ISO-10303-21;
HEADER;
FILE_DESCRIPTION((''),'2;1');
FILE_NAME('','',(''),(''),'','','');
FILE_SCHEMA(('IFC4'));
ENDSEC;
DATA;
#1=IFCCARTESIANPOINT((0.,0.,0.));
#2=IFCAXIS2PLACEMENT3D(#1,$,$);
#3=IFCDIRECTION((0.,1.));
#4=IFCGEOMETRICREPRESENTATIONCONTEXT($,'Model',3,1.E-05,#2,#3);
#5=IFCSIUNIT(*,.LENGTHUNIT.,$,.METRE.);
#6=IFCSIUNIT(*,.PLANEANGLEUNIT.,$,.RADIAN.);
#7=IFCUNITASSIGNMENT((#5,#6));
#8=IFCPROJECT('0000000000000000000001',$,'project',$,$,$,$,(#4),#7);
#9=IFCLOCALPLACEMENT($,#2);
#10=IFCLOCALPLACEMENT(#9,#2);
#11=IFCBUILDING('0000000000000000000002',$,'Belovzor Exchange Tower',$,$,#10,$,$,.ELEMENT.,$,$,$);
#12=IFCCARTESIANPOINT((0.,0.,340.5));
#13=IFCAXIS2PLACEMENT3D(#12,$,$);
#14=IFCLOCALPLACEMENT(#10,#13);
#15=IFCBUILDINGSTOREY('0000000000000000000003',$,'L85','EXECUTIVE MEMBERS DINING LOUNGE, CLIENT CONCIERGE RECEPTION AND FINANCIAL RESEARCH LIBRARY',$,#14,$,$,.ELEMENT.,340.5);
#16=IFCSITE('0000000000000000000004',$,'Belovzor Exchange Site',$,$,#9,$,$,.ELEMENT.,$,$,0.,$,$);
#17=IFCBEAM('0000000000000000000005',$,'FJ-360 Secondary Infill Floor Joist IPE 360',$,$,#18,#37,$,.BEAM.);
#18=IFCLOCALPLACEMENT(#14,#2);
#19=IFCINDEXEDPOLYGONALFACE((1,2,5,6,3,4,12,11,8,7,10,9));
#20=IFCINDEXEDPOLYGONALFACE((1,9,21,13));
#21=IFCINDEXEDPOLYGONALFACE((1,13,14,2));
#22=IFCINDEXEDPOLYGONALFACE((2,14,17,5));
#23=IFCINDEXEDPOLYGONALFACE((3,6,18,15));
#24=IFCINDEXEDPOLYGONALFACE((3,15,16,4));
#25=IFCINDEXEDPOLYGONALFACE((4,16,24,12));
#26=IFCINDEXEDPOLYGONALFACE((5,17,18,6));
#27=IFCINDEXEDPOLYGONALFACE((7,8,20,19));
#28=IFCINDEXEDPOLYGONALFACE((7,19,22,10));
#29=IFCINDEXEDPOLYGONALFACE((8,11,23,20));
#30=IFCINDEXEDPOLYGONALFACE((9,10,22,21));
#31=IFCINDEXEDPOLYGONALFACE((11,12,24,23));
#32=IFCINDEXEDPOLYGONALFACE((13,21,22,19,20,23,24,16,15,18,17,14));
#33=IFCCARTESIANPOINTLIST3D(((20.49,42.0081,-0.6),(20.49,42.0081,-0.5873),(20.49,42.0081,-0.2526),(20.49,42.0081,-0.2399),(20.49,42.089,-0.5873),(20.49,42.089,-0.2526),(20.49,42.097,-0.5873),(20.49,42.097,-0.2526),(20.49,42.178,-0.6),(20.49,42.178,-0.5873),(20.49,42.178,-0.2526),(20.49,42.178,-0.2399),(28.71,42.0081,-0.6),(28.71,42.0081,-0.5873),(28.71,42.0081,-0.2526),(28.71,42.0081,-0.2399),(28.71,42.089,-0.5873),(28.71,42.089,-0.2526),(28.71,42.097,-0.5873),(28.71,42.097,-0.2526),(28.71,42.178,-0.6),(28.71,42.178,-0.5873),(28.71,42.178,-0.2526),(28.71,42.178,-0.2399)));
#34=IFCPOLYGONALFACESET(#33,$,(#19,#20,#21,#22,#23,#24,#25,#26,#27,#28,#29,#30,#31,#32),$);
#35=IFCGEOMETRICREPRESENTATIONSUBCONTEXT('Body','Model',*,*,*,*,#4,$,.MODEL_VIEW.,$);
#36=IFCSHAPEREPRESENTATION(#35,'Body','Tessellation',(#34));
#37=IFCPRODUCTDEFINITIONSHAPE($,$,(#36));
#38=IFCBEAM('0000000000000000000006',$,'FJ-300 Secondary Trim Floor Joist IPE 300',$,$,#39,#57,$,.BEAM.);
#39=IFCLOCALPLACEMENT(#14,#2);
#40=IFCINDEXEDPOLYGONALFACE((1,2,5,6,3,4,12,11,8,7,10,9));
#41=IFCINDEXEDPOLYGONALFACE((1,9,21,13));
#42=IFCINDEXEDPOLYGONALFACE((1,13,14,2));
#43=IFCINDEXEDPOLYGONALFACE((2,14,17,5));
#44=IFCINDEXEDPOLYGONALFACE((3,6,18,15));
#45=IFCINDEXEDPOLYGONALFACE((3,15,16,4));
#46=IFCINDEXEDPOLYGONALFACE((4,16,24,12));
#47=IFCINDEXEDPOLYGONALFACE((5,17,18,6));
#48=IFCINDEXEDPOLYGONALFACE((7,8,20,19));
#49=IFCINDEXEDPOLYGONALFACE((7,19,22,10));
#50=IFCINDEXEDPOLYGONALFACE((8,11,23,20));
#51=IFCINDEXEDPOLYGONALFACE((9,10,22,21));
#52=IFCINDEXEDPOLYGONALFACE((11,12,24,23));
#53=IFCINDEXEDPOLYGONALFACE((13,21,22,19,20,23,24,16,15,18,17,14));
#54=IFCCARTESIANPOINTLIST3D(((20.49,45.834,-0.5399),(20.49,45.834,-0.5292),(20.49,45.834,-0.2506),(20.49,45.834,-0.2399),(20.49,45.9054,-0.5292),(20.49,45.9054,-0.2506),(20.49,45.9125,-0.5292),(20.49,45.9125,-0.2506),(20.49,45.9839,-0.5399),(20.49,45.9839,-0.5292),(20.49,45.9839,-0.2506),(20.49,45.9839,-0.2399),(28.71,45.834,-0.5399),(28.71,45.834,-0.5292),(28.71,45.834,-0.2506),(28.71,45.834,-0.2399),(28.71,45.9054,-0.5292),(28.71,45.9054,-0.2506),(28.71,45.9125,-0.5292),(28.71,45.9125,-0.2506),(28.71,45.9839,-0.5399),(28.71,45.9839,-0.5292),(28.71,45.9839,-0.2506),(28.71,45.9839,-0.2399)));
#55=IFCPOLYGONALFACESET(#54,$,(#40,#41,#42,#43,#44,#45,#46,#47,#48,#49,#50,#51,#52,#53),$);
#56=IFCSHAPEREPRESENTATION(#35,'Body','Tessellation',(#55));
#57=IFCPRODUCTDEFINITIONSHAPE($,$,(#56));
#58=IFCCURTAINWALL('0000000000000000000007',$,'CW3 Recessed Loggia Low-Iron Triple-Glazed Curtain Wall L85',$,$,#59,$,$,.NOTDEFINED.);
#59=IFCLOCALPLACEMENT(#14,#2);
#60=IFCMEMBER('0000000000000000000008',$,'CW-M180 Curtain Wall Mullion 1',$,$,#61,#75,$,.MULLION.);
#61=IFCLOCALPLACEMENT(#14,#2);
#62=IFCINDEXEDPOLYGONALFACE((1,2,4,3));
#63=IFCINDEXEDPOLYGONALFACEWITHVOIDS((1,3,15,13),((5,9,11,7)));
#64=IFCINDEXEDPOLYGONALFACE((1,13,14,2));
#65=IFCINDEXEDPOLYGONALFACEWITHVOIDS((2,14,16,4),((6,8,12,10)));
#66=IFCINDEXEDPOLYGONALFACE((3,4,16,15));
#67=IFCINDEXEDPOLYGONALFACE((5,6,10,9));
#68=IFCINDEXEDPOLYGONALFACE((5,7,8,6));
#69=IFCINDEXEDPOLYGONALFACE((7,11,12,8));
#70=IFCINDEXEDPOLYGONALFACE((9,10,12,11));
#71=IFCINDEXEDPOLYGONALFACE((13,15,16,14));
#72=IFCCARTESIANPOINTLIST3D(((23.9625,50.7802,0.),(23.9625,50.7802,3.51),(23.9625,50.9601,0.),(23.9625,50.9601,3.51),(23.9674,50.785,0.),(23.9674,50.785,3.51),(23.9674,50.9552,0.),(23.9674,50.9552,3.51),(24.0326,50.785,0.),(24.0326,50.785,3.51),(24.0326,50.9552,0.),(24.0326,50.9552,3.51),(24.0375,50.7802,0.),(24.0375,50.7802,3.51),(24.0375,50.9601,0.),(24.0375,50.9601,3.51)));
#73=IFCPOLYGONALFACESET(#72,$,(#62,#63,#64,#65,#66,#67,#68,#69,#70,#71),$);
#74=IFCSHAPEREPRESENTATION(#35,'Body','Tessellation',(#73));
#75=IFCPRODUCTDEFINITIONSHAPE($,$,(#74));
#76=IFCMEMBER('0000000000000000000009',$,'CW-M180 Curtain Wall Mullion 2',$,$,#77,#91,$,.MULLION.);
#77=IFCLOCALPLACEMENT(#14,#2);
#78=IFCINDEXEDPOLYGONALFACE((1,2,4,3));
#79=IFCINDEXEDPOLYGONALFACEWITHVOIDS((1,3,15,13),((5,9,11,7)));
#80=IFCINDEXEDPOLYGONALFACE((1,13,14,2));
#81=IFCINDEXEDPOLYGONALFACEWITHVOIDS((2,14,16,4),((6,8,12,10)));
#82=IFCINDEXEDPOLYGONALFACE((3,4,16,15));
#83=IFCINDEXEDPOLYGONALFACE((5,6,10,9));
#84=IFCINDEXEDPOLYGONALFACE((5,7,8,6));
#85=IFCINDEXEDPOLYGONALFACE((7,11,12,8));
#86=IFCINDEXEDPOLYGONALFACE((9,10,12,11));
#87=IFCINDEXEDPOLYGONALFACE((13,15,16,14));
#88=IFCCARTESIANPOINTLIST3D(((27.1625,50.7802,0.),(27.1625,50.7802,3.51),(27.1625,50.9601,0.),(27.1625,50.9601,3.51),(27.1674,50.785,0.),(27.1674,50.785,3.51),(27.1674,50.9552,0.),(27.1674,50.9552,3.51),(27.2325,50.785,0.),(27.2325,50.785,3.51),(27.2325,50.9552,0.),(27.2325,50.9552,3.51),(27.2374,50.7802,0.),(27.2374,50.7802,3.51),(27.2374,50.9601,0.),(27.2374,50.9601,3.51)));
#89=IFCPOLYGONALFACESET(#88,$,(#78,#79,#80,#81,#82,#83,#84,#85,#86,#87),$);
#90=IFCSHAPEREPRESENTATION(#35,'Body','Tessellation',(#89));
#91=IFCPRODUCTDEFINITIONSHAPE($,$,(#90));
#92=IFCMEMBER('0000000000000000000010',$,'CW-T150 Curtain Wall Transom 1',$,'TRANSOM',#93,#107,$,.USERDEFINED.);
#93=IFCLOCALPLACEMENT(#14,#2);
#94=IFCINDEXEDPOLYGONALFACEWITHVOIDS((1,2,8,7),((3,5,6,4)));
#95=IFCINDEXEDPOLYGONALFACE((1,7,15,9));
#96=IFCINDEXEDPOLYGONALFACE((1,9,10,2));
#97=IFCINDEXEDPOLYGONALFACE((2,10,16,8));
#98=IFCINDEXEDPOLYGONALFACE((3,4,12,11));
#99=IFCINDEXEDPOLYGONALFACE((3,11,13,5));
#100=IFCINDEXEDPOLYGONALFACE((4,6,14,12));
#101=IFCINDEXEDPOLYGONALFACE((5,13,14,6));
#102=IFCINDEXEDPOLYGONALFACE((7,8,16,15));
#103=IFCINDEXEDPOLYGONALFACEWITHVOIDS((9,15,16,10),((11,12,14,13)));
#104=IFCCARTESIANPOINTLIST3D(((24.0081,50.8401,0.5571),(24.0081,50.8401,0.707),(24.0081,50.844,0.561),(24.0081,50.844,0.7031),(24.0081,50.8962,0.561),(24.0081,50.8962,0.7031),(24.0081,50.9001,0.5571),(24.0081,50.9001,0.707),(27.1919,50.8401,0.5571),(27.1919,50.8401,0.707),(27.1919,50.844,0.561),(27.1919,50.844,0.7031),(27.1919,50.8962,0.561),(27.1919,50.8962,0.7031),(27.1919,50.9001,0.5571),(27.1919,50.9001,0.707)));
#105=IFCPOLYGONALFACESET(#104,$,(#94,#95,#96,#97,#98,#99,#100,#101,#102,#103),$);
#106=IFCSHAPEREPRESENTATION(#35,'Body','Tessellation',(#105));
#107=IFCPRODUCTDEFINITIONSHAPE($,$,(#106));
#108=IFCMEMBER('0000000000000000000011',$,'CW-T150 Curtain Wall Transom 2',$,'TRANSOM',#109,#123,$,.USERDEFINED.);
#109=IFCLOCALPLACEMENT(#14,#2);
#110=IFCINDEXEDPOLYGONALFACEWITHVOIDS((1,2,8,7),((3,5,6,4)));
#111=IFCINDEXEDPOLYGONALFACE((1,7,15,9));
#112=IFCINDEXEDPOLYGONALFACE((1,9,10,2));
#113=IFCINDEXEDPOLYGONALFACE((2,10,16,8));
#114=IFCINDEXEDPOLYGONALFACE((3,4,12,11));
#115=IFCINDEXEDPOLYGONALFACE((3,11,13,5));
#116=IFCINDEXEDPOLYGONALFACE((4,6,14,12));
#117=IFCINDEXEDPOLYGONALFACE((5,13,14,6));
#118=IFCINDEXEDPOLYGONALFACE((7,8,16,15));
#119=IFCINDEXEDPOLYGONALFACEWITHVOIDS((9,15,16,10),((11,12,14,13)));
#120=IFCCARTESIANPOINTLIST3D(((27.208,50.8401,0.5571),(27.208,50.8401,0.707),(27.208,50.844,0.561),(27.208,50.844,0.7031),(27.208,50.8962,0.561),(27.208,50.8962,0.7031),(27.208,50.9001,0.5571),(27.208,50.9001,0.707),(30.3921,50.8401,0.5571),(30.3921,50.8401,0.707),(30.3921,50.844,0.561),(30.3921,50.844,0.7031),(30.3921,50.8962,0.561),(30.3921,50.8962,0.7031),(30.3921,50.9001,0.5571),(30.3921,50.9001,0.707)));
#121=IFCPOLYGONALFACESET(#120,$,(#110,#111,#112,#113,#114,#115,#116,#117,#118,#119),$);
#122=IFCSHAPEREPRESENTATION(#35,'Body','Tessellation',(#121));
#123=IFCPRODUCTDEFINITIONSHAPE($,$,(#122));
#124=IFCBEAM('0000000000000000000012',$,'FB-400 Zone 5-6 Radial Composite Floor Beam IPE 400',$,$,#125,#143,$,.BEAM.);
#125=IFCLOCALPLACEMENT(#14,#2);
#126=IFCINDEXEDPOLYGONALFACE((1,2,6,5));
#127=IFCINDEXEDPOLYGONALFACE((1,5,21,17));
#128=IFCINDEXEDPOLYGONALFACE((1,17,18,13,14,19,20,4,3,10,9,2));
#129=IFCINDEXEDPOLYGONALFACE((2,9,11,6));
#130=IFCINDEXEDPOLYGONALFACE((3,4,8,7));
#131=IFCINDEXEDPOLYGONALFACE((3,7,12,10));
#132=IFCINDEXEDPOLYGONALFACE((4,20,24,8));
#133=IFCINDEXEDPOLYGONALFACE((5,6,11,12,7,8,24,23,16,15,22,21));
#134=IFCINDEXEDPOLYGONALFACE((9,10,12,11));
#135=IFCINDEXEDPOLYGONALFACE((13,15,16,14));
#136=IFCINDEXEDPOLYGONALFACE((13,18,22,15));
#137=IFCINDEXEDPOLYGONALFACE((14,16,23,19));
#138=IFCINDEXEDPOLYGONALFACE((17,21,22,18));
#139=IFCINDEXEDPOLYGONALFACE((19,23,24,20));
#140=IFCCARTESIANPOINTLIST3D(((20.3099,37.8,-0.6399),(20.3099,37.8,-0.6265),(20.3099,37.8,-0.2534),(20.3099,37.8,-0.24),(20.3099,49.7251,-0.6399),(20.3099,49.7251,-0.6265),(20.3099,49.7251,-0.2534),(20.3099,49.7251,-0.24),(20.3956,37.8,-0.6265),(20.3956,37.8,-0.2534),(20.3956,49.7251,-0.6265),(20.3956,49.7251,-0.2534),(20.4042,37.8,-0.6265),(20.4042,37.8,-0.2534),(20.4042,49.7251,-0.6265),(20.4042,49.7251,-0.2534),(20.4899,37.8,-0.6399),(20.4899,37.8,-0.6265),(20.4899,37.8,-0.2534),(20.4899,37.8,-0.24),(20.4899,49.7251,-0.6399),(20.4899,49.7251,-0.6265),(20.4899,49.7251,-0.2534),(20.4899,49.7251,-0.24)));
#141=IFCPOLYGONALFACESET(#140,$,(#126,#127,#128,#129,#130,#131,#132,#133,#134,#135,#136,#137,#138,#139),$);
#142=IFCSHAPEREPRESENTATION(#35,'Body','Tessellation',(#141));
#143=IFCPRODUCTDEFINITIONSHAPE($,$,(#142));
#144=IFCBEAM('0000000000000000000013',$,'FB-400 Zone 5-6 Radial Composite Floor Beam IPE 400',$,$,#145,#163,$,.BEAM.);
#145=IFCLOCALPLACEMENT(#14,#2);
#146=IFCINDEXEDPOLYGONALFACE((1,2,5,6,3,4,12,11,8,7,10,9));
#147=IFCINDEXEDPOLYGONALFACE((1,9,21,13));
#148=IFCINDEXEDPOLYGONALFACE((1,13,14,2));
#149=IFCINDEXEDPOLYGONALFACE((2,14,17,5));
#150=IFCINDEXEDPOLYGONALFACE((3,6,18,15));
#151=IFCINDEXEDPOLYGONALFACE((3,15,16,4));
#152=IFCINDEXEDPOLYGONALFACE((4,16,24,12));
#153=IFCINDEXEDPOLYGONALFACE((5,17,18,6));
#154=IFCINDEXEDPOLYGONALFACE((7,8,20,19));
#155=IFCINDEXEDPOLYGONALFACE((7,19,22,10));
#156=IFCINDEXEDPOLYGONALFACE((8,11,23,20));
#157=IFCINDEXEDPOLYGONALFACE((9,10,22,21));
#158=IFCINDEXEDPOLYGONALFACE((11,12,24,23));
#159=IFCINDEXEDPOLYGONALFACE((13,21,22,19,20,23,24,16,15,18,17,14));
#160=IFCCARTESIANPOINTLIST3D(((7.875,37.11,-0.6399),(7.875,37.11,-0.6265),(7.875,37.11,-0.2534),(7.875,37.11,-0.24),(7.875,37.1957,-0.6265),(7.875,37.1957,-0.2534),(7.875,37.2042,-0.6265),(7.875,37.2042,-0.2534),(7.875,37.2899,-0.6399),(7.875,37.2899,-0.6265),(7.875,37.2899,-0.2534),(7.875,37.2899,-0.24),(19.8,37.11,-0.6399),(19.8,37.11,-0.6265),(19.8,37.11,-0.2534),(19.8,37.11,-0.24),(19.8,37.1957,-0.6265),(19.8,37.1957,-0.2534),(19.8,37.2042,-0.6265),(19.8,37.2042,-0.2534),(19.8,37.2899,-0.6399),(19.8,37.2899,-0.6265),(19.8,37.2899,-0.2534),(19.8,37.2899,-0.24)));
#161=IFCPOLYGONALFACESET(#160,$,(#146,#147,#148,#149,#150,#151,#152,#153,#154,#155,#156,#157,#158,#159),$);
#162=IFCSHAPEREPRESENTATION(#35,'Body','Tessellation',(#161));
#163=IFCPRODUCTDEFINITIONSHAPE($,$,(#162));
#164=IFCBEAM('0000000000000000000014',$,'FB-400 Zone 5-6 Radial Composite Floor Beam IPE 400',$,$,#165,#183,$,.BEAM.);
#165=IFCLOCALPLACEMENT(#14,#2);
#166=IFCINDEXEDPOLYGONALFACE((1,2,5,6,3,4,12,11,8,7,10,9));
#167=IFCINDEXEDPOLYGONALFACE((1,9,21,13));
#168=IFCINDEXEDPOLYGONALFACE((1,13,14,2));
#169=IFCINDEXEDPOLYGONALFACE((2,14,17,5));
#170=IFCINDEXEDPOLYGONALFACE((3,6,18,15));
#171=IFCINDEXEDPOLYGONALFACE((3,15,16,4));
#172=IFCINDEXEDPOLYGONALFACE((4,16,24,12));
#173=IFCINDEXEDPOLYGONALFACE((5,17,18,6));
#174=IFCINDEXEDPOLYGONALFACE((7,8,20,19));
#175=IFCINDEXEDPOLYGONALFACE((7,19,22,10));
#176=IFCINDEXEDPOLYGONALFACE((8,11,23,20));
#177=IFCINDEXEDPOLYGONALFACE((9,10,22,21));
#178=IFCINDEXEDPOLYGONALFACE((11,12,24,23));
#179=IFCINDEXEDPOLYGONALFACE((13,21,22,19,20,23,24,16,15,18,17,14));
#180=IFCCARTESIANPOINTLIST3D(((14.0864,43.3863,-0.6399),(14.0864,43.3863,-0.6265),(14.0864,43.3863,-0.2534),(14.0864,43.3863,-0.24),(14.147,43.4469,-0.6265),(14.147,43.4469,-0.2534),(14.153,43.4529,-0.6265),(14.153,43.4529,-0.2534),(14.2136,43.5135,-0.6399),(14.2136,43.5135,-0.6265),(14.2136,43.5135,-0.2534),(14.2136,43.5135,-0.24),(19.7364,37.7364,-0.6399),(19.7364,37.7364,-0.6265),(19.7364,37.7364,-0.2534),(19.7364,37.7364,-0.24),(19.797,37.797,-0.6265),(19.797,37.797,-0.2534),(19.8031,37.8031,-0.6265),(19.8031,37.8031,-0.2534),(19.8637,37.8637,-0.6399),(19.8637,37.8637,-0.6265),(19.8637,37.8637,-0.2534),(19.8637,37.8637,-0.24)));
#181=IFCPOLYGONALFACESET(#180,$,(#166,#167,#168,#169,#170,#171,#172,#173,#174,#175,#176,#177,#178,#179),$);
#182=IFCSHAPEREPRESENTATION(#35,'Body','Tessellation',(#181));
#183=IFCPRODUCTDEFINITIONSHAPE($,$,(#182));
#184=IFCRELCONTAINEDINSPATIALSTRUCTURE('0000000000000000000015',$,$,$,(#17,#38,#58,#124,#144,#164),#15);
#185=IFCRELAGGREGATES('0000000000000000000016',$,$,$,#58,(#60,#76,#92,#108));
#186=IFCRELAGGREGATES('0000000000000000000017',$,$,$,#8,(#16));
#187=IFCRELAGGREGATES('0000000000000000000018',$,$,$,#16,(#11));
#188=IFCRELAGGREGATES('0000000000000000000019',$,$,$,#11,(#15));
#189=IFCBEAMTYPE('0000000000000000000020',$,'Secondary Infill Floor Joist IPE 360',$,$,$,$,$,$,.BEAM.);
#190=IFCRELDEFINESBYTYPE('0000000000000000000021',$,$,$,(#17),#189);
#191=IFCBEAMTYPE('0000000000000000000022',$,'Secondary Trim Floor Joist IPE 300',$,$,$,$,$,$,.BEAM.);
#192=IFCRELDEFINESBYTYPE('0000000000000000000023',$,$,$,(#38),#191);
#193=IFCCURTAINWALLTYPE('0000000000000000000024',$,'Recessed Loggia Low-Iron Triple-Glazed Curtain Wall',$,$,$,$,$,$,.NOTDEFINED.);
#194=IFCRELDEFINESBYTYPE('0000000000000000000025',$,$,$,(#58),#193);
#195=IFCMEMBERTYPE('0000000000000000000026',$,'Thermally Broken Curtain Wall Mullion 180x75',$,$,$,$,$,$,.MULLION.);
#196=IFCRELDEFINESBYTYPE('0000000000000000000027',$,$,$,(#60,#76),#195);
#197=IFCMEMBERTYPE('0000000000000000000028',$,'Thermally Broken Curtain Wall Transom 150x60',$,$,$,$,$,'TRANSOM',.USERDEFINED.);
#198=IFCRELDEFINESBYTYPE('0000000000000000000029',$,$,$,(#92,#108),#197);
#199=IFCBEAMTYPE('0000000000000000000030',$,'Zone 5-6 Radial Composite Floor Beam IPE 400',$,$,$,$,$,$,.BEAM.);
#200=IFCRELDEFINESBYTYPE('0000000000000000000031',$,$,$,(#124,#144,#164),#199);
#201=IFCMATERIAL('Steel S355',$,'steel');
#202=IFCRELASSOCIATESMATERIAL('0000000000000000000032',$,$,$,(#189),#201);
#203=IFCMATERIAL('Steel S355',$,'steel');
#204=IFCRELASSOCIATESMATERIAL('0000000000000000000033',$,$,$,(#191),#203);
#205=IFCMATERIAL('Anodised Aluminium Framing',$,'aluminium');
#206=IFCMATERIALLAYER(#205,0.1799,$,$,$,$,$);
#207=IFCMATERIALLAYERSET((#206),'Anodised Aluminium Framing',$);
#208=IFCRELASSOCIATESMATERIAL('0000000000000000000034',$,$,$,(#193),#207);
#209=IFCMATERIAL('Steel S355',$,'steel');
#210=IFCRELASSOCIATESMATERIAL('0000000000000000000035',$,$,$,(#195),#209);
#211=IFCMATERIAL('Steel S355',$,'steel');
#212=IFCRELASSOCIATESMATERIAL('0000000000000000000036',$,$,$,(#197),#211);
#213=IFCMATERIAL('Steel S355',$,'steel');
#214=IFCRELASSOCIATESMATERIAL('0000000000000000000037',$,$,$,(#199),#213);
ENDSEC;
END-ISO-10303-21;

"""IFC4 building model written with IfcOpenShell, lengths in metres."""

from ifc_helpers import new_model, si_unit, direction, frame, origin, origin_2d, place, context, subcontext, project, spatial, hollow_rectangle, i_section, extrude, material, layer, layer_set, material_profile, profile_set, type_object, element, aggregate, save


model = new_model("IFC4")

# Units and contexts
model_context = context("Model", 3, precision=1e-05, world=origin(), true_north=direction((0.0, 1.0)))
body_context = subcontext(model_context, "Body", "Model", "MODEL_VIEW")
ifc_project = project(units=[si_unit("LENGTHUNIT", "METRE"), si_unit("PLANEANGLEUNIT", "RADIAN")], contexts=[model_context])

# Site, building, storey
site_placement = place(None, origin())
site = spatial("IfcSite", under=ifc_project, at=site_placement, Name="Belovzor Exchange Site", CompositionType="ELEMENT", RefElevation=0.0)
building_placement = place(site_placement, origin())
building = spatial("IfcBuilding", under=site, at=building_placement, Name="Belovzor Exchange Tower", CompositionType="ELEMENT")
storey_placement = place(building_placement, frame((0.0, 0.0, 340.5)))
storey = spatial("IfcBuildingStorey", under=building, at=storey_placement, Name="L85", Description="EXECUTIVE MEMBERS DINING LOUNGE, CLIENT CONCIERGE RECEPTION AND FINANCIAL RESEARCH LIBRARY", CompositionType="ELEMENT", Elevation=340.5)

# Beams
ifc_material_1 = material(Name="Steel S355", Category="steel")
ifc_material_profile_1 = material_profile(ifc_material_1, i_section(OverallWidth=0.1699, OverallDepth=0.3601, WebThickness=0.0081, FlangeThickness=0.0127, at=origin_2d()))
ifc_profile_set_1 = profile_set([ifc_material_profile_1], Name="Steel S355")
beam_type_1 = type_object("IfcBeamType", Name="Secondary Infill Floor Joist IPE 360", PredefinedType="BEAM", material=ifc_profile_set_1)
beam_1_placement = place(storey_placement, frame((20.49, 42.093, -0.4199), z_axis=(1.0, 0.0, 0.0), x_axis=(0.0, 1.0, 0.0)))
element("IfcBeam", 1, at=beam_1_placement, inside=storey, type_object=beam_type_1, Name="FJ-360 Secondary Infill Floor Joist IPE 360", PredefinedType="BEAM", context=body_context, shape_type="SweptSolid", body=[
    extrude(i_section(OverallWidth=0.1699, OverallDepth=0.3601, WebThickness=0.0081, FlangeThickness=0.0127, at=origin_2d()), origin(), (0.0, 0.0, 1.0), 8.22),
])
ifc_material_2 = material(Name="Steel S355", Category="steel")
ifc_material_profile_2 = material_profile(ifc_material_2, i_section(OverallWidth=0.1499, OverallDepth=0.3, WebThickness=0.0071, FlangeThickness=0.0107, at=origin_2d()))
ifc_profile_set_2 = profile_set([ifc_material_profile_2], Name="Steel S355")
beam_type_2 = type_object("IfcBeamType", Name="Secondary Trim Floor Joist IPE 300", PredefinedType="BEAM", material=ifc_profile_set_2)
beam_2_placement = place(storey_placement, frame((20.49, 45.9089, -0.3899), z_axis=(1.0, 0.0, 0.0), x_axis=(0.0, 1.0, 0.0)))
element("IfcBeam", 2, at=beam_2_placement, inside=storey, type_object=beam_type_2, Name="FJ-300 Secondary Trim Floor Joist IPE 300", PredefinedType="BEAM", context=body_context, shape_type="SweptSolid", body=[
    extrude(i_section(OverallWidth=0.1499, OverallDepth=0.3, WebThickness=0.0071, FlangeThickness=0.0107, at=origin_2d()), origin(), (0.0, 0.0, 1.0), 8.22),
])

# Curtain wall, members
ifc_material_3 = material(Name="Anodised Aluminium Framing", Category="aluminium")
ifc_layer_1 = layer(ifc_material_3, 0.1799)
ifc_layer_set_1 = layer_set([ifc_layer_1], Name="Anodised Aluminium Framing")
curtain_wall_type = type_object("IfcCurtainWallType", Name="Recessed Loggia Low-Iron Triple-Glazed Curtain Wall", PredefinedType="NOTDEFINED", material=ifc_layer_set_1)
curtain_wall_placement = place(storey_placement, origin())
curtain_wall = element("IfcCurtainWall", 3, at=curtain_wall_placement, inside=storey, type_object=curtain_wall_type, Name="CW3 Recessed Loggia Low-Iron Triple-Glazed Curtain Wall L85", PredefinedType="NOTDEFINED")
ifc_material_4 = material(Name="Steel S355", Category="steel")
ifc_material_profile_3 = material_profile(ifc_material_4, hollow_rectangle(XDim=0.075, YDim=0.1799, WallThickness=0.0049, at=origin_2d()))
ifc_profile_set_3 = profile_set([ifc_material_profile_3], Name="Steel S355")
member_type_1 = type_object("IfcMemberType", Name="Thermally Broken Curtain Wall Mullion 180x75", PredefinedType="MULLION", material=ifc_profile_set_3)
member_1_placement = place(storey_placement, frame((24.0, 50.8701, 0.0), z_axis=(0.0, 0.0, 1.0), x_axis=(1.0, 0.0, 0.0)))
member_1 = element("IfcMember", 4, at=member_1_placement, type_object=member_type_1, Name="CW-M180 Curtain Wall Mullion 1", PredefinedType="MULLION", context=body_context, shape_type="SweptSolid", body=[
    extrude(hollow_rectangle(XDim=0.075, YDim=0.1799, WallThickness=0.0049, at=origin_2d()), origin(), (0.0, 0.0, 1.0), 3.51),
])
member_2_placement = place(storey_placement, frame((27.2, 50.8701, 0.0), z_axis=(0.0, 0.0, 1.0), x_axis=(1.0, 0.0, 0.0)))
member_2 = element("IfcMember", 5, at=member_2_placement, type_object=member_type_1, Name="CW-M180 Curtain Wall Mullion 2", PredefinedType="MULLION", context=body_context, shape_type="SweptSolid", body=[
    extrude(hollow_rectangle(XDim=0.075, YDim=0.1799, WallThickness=0.0049, at=origin_2d()), origin(), (0.0, 0.0, 1.0), 3.51),
])
ifc_material_5 = material(Name="Steel S355", Category="steel")
ifc_material_profile_4 = material_profile(ifc_material_5, hollow_rectangle(XDim=0.0601, YDim=0.1499, WallThickness=0.0039, at=origin_2d()))
ifc_profile_set_4 = profile_set([ifc_material_profile_4], Name="Steel S355")
member_type_2 = type_object("IfcMemberType", Name="Thermally Broken Curtain Wall Transom 150x60", ElementType="TRANSOM", PredefinedType="USERDEFINED", material=ifc_profile_set_4)
member_3_placement = place(storey_placement, frame((24.0081, 50.8701, 0.6321), z_axis=(1.0, 0.0, 0.0), x_axis=(0.0, 1.0, 0.0)))
member_3 = element("IfcMember", 6, at=member_3_placement, type_object=member_type_2, Name="CW-T150 Curtain Wall Transom 1", ObjectType="TRANSOM", PredefinedType="USERDEFINED", context=body_context, shape_type="SweptSolid", body=[
    extrude(hollow_rectangle(XDim=0.0601, YDim=0.1499, WallThickness=0.0039, at=origin_2d()), origin(), (0.0, 0.0, 1.0), 3.1838),
])
member_4_placement = place(storey_placement, frame((27.208, 50.8701, 0.6321), z_axis=(1.0, 0.0, 0.0), x_axis=(0.0, 1.0, 0.0)))
member_4 = element("IfcMember", 7, at=member_4_placement, type_object=member_type_2, Name="CW-T150 Curtain Wall Transom 2", ObjectType="TRANSOM", PredefinedType="USERDEFINED", context=body_context, shape_type="SweptSolid", body=[
    extrude(hollow_rectangle(XDim=0.0601, YDim=0.1499, WallThickness=0.0039, at=origin_2d()), origin(), (0.0, 0.0, 1.0), 3.1841),
])

# Beams
ifc_material_6 = material(Name="Steel S355", Category="steel")
ifc_material_profile_5 = material_profile(ifc_material_6, i_section(OverallWidth=0.1799, OverallDepth=0.3999, WebThickness=0.0085, FlangeThickness=0.0134, at=origin_2d()))
ifc_profile_set_5 = profile_set([ifc_material_profile_5], Name="Steel S355")
beam_type_3 = type_object("IfcBeamType", Name="Zone 5-6 Radial Composite Floor Beam IPE 400", PredefinedType="BEAM", material=ifc_profile_set_5)
for number, where, z_axis, x_axis, name in (
    (8, (20.3999, 37.8, -0.4399), (0.0, 1.0, 0.0), (-1.0, 0.0, 0.0), "FB-400 Zone 5-6 Radial Composite Floor Beam IPE 400"),
    (9, (19.8, 37.2, -0.4399), (-1.0, 0.0, 0.0), (0.0, -1.0, 0.0), "FB-400 Zone 5-6 Radial Composite Floor Beam IPE 400"),
):
    element("IfcBeam", number, at=place(storey_placement, frame(where, z_axis=z_axis, x_axis=x_axis)), inside=storey, type_object=beam_type_3, Name=name, PredefinedType="BEAM", context=body_context, shape_type="SweptSolid", body=[
        extrude(i_section(OverallWidth=0.1799, OverallDepth=0.3999, WebThickness=0.0085, FlangeThickness=0.0134, at=origin_2d()), origin(), (0.0, 0.0, 1.0), 11.925),
    ])
beam_3_placement = place(storey_placement, frame((19.8, 37.8, -0.4399), z_axis=(-0.707122, 0.707092, 0.0), x_axis=(-0.707092, -0.707122, 0.0)))
element("IfcBeam", 10, at=beam_3_placement, inside=storey, type_object=beam_type_3, Name="FB-400 Zone 5-6 Radial Composite Floor Beam IPE 400", PredefinedType="BEAM", context=body_context, shape_type="SweptSolid", body=[
    extrude(i_section(OverallWidth=0.1799, OverallDepth=0.3999, WebThickness=0.0085, FlangeThickness=0.0134, at=origin_2d()), origin(), (0.0, 0.0, 1.0), 7.9902),
])

aggregate(curtain_wall, [member_1, member_2, member_3, member_4])

save(model, "model.ifc")
